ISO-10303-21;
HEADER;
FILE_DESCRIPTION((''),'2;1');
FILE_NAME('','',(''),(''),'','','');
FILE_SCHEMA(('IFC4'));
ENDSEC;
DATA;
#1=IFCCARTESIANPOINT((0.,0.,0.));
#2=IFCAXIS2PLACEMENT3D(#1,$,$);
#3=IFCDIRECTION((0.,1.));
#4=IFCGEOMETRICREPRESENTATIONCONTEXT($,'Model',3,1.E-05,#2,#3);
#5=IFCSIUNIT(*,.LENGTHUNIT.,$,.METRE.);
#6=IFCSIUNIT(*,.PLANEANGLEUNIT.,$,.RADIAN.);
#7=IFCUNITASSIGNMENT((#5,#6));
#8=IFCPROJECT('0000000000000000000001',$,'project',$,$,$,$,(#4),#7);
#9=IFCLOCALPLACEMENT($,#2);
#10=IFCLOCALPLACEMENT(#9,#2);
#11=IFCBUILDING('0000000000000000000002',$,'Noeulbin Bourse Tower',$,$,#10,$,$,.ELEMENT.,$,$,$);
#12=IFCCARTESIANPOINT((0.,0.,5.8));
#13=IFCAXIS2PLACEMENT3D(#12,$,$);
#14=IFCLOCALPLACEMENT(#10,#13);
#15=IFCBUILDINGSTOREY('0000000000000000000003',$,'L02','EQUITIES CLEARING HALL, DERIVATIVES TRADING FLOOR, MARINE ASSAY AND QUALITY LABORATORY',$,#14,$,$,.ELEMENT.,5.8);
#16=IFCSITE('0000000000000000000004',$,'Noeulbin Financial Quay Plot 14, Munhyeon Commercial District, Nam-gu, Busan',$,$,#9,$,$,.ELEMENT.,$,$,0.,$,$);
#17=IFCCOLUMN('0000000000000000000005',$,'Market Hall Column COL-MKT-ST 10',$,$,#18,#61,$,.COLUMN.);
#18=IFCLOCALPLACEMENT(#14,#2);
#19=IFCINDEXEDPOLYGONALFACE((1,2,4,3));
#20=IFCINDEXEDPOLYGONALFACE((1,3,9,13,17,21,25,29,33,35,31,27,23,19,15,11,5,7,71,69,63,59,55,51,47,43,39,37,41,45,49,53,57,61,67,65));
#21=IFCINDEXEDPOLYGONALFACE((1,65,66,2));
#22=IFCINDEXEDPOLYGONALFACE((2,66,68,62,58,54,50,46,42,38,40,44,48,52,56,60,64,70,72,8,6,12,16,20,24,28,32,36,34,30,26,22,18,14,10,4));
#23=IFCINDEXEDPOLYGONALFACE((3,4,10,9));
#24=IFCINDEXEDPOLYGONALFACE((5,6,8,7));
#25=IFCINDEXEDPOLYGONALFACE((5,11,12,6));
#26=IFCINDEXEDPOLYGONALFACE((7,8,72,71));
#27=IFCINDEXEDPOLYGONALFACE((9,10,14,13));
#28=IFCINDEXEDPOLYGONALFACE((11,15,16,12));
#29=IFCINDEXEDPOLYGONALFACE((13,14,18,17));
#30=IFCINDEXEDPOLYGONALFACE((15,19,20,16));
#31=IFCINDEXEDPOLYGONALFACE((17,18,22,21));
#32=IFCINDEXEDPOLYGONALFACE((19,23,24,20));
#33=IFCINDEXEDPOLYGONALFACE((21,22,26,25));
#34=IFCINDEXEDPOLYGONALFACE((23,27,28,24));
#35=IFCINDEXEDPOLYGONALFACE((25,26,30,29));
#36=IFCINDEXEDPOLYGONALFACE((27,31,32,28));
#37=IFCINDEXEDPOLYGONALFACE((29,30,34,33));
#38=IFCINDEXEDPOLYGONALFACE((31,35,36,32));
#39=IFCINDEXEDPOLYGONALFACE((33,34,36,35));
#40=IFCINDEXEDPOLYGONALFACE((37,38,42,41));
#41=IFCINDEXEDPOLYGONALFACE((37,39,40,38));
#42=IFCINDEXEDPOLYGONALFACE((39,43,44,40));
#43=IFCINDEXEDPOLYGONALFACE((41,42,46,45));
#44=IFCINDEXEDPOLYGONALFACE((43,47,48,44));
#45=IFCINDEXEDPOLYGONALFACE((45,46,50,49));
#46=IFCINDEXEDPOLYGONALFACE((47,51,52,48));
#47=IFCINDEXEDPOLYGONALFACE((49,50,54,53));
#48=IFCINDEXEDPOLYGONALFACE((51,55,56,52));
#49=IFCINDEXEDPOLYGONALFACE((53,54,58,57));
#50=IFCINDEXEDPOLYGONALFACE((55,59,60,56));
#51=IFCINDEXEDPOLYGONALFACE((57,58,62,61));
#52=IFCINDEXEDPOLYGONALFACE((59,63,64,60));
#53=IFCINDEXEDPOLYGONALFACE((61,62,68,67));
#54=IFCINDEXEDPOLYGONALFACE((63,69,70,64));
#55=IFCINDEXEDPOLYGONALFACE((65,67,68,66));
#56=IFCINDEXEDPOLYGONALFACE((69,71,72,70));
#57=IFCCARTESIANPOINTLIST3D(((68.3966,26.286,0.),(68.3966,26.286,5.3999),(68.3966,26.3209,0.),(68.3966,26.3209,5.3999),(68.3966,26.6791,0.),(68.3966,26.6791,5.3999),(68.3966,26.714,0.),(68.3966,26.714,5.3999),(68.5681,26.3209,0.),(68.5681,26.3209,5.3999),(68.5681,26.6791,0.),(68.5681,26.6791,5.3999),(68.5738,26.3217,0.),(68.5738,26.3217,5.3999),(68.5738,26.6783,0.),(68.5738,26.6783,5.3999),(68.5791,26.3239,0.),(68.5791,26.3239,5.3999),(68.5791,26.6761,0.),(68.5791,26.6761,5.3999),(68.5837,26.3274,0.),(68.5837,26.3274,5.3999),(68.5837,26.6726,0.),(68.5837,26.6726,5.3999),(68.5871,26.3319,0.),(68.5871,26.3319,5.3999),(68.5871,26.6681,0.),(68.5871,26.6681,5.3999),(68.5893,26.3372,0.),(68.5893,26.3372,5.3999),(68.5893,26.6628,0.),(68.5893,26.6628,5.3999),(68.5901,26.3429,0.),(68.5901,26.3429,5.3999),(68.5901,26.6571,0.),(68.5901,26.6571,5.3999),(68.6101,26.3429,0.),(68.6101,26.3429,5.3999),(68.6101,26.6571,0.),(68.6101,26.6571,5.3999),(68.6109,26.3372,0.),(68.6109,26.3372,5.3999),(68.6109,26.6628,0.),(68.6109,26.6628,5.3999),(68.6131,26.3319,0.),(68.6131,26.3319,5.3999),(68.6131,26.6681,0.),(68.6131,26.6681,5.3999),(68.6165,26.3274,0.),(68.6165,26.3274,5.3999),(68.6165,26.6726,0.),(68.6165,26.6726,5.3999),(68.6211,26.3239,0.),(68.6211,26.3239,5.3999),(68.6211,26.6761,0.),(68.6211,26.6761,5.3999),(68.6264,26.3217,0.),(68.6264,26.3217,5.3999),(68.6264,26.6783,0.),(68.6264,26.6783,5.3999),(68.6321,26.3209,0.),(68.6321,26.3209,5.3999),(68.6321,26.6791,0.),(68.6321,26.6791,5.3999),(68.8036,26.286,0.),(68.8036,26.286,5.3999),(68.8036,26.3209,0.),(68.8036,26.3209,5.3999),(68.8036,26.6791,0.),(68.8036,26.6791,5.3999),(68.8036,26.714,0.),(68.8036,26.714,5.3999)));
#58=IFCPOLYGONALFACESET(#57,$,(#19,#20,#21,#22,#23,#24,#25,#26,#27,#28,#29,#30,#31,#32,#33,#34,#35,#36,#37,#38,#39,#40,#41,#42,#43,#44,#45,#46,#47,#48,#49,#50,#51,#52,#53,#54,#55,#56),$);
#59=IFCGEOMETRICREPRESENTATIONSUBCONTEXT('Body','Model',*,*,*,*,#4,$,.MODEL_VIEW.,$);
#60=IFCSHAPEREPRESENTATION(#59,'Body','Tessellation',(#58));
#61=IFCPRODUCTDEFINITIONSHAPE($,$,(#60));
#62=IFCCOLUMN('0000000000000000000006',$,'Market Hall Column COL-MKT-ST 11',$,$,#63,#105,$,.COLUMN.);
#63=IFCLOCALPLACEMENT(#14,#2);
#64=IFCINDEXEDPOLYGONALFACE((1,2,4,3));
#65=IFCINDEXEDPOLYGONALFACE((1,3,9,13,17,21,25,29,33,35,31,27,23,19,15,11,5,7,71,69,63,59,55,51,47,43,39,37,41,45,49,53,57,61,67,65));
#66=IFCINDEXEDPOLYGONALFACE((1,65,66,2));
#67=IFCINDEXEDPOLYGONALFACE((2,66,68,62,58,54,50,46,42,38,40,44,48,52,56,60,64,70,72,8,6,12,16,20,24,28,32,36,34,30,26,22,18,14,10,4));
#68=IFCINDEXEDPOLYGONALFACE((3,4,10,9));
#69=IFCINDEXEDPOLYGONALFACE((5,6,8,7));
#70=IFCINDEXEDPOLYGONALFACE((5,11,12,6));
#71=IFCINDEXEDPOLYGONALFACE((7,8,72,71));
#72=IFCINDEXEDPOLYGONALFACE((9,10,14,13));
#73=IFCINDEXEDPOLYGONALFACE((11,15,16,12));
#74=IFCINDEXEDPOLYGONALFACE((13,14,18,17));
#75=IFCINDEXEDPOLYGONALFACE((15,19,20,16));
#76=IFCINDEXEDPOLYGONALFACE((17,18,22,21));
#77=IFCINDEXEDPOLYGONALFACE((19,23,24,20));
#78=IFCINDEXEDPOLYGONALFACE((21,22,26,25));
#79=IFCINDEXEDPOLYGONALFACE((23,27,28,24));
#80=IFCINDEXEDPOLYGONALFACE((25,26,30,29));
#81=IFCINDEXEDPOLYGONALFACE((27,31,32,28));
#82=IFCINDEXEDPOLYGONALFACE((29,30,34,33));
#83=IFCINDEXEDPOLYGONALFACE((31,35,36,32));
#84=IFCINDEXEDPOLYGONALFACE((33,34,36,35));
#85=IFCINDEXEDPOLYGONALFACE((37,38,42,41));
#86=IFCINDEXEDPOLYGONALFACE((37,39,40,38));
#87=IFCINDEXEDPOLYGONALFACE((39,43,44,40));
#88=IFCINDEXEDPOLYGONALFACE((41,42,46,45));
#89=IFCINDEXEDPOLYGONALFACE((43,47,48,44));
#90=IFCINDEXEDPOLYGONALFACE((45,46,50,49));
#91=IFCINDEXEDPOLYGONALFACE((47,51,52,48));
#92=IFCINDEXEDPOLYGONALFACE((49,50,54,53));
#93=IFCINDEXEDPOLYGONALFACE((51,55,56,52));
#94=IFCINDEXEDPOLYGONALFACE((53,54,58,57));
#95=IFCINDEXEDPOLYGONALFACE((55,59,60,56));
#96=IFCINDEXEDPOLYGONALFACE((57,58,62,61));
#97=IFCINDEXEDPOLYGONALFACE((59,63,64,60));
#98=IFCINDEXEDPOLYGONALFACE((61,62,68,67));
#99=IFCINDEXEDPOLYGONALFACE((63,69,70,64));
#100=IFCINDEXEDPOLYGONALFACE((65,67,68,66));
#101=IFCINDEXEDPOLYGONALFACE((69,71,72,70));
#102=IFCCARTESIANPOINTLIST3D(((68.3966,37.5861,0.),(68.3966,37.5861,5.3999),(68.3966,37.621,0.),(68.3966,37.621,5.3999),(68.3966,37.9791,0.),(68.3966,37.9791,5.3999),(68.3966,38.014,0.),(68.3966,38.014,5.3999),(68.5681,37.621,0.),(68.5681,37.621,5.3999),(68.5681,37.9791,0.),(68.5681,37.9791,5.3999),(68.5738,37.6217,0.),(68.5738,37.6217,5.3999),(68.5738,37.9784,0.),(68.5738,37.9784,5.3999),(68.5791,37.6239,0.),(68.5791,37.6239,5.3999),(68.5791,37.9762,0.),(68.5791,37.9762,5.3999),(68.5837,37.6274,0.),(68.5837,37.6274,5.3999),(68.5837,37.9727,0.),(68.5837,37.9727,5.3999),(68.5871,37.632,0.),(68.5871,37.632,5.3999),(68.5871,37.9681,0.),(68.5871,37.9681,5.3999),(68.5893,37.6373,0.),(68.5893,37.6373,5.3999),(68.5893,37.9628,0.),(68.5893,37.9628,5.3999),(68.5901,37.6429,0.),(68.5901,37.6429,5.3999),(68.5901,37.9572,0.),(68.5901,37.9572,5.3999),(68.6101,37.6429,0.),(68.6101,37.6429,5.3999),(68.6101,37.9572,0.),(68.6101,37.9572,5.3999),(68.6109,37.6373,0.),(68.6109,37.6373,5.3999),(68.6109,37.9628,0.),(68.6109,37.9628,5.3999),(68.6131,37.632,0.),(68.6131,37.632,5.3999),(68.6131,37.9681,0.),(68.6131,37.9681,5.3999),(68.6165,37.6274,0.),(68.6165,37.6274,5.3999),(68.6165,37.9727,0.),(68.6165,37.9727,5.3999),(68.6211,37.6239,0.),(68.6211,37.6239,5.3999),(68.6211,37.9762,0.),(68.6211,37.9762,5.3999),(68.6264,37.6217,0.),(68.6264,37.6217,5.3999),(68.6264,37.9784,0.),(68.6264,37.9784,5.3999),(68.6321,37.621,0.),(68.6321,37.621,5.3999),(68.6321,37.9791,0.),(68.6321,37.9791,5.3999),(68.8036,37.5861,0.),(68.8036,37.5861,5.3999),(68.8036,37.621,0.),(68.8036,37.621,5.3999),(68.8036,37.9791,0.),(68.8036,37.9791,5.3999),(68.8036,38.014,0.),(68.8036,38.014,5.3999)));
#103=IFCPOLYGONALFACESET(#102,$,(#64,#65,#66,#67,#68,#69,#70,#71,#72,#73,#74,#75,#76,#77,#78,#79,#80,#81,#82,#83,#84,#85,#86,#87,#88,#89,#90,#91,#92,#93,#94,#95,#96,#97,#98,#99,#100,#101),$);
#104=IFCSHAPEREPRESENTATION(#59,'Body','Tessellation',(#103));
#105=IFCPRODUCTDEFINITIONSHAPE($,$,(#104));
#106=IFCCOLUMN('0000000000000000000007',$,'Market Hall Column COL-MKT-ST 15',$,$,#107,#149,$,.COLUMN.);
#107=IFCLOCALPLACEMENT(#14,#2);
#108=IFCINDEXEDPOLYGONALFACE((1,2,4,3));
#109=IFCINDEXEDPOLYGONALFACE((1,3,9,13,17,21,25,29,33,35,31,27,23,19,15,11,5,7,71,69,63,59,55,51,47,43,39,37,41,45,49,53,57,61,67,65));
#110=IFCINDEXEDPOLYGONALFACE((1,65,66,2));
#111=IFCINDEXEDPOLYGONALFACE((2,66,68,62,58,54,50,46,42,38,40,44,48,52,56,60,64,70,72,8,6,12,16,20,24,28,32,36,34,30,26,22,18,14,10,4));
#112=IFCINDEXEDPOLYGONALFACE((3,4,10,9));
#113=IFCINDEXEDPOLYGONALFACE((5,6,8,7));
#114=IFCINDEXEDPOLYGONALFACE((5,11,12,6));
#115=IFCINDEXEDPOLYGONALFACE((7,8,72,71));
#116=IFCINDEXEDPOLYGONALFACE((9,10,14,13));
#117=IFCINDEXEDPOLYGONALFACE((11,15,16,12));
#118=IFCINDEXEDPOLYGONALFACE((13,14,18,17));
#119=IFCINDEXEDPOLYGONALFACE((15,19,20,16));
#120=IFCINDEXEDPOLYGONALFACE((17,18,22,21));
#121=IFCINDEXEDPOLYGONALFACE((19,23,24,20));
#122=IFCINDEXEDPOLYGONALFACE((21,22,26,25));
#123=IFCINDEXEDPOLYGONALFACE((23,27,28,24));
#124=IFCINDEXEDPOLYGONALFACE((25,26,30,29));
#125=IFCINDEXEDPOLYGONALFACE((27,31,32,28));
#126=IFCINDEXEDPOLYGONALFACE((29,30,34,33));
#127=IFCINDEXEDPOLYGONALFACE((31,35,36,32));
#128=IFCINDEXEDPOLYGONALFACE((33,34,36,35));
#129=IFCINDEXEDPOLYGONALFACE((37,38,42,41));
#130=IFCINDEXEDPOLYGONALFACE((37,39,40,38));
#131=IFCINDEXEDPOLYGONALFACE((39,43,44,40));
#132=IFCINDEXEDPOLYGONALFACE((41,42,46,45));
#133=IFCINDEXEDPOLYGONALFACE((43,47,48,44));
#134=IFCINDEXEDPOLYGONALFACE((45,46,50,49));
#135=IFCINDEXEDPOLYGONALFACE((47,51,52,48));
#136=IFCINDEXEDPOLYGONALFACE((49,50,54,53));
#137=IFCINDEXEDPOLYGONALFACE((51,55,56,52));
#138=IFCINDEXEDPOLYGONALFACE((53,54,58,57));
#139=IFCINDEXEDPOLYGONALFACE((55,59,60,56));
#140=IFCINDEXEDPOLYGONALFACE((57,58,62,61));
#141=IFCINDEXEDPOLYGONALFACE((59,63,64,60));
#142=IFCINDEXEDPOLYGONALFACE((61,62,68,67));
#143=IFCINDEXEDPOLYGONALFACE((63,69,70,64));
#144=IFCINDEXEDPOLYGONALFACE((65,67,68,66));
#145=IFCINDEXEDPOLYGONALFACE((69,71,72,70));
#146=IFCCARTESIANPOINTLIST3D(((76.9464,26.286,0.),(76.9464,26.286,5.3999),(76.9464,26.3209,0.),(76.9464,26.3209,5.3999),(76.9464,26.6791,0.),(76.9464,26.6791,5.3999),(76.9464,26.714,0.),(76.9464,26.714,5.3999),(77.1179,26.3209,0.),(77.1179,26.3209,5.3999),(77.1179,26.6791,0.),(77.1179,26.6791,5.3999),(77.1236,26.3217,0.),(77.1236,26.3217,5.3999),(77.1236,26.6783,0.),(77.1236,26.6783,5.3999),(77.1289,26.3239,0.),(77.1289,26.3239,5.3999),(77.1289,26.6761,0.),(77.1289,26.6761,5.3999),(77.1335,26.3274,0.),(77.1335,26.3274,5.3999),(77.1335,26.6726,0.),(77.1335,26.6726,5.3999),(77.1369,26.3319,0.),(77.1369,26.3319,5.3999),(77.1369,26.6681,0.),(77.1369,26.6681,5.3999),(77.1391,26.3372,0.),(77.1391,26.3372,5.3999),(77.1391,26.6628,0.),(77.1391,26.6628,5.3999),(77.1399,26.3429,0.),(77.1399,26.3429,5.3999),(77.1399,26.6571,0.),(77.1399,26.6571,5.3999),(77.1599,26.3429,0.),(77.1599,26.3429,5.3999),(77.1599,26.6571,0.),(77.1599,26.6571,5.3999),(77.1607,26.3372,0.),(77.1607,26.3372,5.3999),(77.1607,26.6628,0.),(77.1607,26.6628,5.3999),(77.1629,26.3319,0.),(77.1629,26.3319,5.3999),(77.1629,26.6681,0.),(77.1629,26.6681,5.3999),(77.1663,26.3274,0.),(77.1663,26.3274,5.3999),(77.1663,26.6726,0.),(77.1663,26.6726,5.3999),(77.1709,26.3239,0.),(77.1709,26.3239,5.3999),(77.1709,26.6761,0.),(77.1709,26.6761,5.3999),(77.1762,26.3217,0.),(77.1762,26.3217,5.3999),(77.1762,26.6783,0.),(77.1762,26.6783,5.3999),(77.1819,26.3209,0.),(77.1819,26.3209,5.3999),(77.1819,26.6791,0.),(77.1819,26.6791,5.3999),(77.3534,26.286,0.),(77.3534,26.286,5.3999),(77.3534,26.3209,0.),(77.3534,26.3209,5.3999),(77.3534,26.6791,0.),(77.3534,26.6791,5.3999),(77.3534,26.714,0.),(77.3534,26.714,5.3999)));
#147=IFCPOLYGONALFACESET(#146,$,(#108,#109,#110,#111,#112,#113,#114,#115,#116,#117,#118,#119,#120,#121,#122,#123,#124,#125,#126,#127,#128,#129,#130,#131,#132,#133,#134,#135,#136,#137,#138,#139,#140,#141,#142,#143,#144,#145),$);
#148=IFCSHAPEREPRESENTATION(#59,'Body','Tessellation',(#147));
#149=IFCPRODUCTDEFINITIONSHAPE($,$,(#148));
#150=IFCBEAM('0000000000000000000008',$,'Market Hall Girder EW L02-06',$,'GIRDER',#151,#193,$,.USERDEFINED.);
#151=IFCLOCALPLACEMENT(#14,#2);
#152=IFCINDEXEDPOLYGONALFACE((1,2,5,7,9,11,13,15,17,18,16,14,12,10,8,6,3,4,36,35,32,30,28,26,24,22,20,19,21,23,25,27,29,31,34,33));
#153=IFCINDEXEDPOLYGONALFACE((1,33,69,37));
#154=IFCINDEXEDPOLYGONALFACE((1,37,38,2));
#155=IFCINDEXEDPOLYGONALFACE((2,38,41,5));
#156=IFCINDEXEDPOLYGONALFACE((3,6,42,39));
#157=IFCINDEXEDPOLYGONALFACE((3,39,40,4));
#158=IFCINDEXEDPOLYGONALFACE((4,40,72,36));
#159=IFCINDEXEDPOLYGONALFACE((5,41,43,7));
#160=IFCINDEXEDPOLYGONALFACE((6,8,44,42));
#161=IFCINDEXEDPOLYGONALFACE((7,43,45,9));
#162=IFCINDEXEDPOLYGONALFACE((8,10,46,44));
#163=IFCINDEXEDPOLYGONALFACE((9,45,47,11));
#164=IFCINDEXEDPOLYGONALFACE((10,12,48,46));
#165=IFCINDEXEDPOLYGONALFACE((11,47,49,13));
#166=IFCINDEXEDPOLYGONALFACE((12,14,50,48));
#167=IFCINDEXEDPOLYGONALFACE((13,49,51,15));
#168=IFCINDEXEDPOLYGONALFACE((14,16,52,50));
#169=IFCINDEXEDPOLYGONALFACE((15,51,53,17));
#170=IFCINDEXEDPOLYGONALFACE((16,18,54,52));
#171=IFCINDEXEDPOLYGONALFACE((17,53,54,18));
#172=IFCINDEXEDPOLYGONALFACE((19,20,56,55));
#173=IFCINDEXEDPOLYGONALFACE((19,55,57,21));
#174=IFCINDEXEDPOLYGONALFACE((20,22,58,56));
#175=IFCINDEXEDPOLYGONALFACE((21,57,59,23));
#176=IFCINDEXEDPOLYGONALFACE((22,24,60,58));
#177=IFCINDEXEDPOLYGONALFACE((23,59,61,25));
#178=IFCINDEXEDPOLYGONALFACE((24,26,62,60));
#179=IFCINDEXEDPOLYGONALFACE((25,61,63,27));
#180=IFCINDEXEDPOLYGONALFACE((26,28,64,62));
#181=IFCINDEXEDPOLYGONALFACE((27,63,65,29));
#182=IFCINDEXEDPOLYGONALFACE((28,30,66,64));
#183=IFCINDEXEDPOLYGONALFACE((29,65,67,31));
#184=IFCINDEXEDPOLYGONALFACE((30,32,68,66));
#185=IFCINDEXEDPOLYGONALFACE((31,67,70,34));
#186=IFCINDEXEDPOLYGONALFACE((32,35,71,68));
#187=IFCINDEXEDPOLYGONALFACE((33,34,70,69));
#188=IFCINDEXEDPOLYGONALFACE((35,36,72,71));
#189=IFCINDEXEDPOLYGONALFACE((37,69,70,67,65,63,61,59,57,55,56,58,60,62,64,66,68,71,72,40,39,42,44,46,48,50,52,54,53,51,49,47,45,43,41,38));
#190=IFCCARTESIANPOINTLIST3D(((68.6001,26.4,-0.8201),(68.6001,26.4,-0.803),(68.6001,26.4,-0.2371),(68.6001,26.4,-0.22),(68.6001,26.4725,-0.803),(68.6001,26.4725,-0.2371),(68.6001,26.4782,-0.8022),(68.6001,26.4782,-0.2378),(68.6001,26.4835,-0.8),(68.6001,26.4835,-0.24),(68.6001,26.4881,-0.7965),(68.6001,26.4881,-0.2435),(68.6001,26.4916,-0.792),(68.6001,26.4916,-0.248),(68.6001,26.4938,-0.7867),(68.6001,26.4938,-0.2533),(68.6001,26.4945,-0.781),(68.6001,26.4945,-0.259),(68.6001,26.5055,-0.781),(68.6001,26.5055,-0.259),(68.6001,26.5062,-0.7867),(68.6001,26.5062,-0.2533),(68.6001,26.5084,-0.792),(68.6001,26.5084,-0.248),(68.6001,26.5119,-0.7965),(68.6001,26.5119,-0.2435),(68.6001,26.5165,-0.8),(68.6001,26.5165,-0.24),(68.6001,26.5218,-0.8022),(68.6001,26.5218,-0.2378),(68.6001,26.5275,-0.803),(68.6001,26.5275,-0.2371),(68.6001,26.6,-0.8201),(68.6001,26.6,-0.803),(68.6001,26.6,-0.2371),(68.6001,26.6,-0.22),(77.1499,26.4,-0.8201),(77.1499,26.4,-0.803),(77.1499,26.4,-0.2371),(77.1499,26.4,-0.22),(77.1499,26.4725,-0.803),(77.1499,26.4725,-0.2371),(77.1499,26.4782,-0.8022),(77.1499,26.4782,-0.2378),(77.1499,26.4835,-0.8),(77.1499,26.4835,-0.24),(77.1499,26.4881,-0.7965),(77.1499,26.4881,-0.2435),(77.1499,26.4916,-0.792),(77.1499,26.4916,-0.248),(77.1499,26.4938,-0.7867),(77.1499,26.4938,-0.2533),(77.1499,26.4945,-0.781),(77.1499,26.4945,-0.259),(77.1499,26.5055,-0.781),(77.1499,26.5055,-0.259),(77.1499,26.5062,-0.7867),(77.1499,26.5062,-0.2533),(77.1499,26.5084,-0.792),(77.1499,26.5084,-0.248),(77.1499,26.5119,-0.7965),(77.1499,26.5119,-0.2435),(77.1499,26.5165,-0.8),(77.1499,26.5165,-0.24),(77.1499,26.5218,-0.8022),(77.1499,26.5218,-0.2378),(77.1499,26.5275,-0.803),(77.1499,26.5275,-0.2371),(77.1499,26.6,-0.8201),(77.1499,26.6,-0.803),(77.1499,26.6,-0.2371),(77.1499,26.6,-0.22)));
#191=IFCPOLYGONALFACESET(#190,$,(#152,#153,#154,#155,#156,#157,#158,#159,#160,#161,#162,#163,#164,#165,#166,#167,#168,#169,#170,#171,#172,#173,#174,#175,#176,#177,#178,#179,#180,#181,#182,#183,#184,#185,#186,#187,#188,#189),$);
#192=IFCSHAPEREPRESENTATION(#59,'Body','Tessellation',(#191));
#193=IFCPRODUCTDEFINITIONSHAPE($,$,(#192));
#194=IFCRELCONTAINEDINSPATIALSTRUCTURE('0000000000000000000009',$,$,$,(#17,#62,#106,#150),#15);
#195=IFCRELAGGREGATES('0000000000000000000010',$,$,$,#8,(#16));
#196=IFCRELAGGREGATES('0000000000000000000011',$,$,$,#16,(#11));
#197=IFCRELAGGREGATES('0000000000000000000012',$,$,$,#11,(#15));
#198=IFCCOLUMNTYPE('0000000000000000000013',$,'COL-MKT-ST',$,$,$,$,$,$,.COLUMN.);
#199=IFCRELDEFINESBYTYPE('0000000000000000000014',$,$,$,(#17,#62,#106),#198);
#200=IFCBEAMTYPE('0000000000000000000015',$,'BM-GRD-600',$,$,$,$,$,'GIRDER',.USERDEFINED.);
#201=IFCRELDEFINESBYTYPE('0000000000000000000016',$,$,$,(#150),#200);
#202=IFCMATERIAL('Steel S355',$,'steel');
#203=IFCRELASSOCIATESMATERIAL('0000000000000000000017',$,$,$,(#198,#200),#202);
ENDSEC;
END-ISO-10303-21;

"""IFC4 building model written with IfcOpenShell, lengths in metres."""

from ifc_helpers import new_model, si_unit, direction, frame, origin, origin_2d, place, context, subcontext, project, spatial, i_section, extrude, material, material_profile, profile_set, type_object, element, save


model = new_model("IFC4")

# Units and contexts
model_context = context("Model", 3, precision=1e-05, world=origin(), true_north=direction((0.0, 1.0)))
body_context = subcontext(model_context, "Body", "Model", "MODEL_VIEW")
ifc_project = project(units=[si_unit("LENGTHUNIT", "METRE"), si_unit("PLANEANGLEUNIT", "RADIAN")], contexts=[model_context])

# Site, building, storey
site_placement = place(None, origin())
site = spatial("IfcSite", under=ifc_project, at=site_placement, Name="Noeulbin Financial Quay Plot 14, Munhyeon Commercial District, Nam-gu, Busan", CompositionType="ELEMENT", RefElevation=0.0)
building_placement = place(site_placement, origin())
building = spatial("IfcBuilding", under=site, at=building_placement, Name="Noeulbin Bourse Tower", CompositionType="ELEMENT")
storey_placement = place(building_placement, frame((0.0, 0.0, 5.8)))
storey = spatial("IfcBuildingStorey", under=building, at=storey_placement, Name="L02", Description="EQUITIES CLEARING HALL, DERIVATIVES TRADING FLOOR, MARINE ASSAY AND QUALITY LABORATORY", CompositionType="ELEMENT", Elevation=5.8)

# Columns
ifc_material_1 = material(Name="Steel S355", Category="steel")
ifc_material_profile_1 = material_profile(ifc_material_1, i_section(OverallWidth=0.407, OverallDepth=0.428, WebThickness=0.02, FlangeThickness=0.0349, FilletRadius=0.022, at=origin_2d()), Name="H-428x407x20x35", Category="LoadBearing")
ifc_profile_set_1 = profile_set([ifc_material_profile_1], Name="Steel S355")
column_type = type_object("IfcColumnType", Name="COL-MKT-ST", PredefinedType="COLUMN", material=ifc_profile_set_1)
for number, where, z_axis, x_axis, name in (
    (1, (68.6001, 26.5, 0.0), (0.0, 0.0, 1.0), (1.0, 0.0, 0.0), "Market Hall Column COL-MKT-ST 10"),
    (2, (68.6001, 37.8, 0.0), (0.0, 0.0, 1.0), (1.0, 0.0, 0.0), "Market Hall Column COL-MKT-ST 11"),
    (3, (77.1499, 26.5, 0.0), (0.0, 0.0, 1.0), (1.0, 0.0, 0.0), "Market Hall Column COL-MKT-ST 15"),
):
    element("IfcColumn", number, at=place(storey_placement, frame(where, z_axis=z_axis, x_axis=x_axis)), inside=storey, type_object=column_type, Name=name, PredefinedType="COLUMN", context=body_context, shape_type="SweptSolid", body=[
        extrude(i_section(OverallWidth=0.407, OverallDepth=0.428, WebThickness=0.02, FlangeThickness=0.0349, FilletRadius=0.022, at=origin_2d()), origin(), (0.0, 0.0, 1.0), 5.3999),
    ])

# Beam
ifc_material_profile_2 = material_profile(ifc_material_1, i_section(OverallWidth=0.2, OverallDepth=0.6001, WebThickness=0.011, FlangeThickness=0.0171, FilletRadius=0.022, at=origin_2d()), Name="H-600x200x11x17", Category="LoadBearing")
ifc_profile_set_2 = profile_set([ifc_material_profile_2], Name="Steel S355")
beam_type_1 = type_object("IfcBeamType", Name="BM-GRD-600", ElementType="GIRDER", PredefinedType="USERDEFINED", material=ifc_profile_set_2)
beam_placement = place(storey_placement, frame((68.6001, 26.5, -0.52), z_axis=(1.0, 0.0, 0.0), x_axis=(0.0, 1.0, 0.0)))
element("IfcBeam", 4, at=beam_placement, inside=storey, type_object=beam_type_1, Name="Market Hall Girder EW L02-06", ObjectType="GIRDER", PredefinedType="USERDEFINED", context=body_context, shape_type="SweptSolid", body=[
    extrude(i_section(OverallWidth=0.2, OverallDepth=0.6001, WebThickness=0.011, FlangeThickness=0.0171, FilletRadius=0.022, at=origin_2d()), origin(), (0.0, 0.0, 1.0), 8.5498),
])

save(model, "model.ifc")
